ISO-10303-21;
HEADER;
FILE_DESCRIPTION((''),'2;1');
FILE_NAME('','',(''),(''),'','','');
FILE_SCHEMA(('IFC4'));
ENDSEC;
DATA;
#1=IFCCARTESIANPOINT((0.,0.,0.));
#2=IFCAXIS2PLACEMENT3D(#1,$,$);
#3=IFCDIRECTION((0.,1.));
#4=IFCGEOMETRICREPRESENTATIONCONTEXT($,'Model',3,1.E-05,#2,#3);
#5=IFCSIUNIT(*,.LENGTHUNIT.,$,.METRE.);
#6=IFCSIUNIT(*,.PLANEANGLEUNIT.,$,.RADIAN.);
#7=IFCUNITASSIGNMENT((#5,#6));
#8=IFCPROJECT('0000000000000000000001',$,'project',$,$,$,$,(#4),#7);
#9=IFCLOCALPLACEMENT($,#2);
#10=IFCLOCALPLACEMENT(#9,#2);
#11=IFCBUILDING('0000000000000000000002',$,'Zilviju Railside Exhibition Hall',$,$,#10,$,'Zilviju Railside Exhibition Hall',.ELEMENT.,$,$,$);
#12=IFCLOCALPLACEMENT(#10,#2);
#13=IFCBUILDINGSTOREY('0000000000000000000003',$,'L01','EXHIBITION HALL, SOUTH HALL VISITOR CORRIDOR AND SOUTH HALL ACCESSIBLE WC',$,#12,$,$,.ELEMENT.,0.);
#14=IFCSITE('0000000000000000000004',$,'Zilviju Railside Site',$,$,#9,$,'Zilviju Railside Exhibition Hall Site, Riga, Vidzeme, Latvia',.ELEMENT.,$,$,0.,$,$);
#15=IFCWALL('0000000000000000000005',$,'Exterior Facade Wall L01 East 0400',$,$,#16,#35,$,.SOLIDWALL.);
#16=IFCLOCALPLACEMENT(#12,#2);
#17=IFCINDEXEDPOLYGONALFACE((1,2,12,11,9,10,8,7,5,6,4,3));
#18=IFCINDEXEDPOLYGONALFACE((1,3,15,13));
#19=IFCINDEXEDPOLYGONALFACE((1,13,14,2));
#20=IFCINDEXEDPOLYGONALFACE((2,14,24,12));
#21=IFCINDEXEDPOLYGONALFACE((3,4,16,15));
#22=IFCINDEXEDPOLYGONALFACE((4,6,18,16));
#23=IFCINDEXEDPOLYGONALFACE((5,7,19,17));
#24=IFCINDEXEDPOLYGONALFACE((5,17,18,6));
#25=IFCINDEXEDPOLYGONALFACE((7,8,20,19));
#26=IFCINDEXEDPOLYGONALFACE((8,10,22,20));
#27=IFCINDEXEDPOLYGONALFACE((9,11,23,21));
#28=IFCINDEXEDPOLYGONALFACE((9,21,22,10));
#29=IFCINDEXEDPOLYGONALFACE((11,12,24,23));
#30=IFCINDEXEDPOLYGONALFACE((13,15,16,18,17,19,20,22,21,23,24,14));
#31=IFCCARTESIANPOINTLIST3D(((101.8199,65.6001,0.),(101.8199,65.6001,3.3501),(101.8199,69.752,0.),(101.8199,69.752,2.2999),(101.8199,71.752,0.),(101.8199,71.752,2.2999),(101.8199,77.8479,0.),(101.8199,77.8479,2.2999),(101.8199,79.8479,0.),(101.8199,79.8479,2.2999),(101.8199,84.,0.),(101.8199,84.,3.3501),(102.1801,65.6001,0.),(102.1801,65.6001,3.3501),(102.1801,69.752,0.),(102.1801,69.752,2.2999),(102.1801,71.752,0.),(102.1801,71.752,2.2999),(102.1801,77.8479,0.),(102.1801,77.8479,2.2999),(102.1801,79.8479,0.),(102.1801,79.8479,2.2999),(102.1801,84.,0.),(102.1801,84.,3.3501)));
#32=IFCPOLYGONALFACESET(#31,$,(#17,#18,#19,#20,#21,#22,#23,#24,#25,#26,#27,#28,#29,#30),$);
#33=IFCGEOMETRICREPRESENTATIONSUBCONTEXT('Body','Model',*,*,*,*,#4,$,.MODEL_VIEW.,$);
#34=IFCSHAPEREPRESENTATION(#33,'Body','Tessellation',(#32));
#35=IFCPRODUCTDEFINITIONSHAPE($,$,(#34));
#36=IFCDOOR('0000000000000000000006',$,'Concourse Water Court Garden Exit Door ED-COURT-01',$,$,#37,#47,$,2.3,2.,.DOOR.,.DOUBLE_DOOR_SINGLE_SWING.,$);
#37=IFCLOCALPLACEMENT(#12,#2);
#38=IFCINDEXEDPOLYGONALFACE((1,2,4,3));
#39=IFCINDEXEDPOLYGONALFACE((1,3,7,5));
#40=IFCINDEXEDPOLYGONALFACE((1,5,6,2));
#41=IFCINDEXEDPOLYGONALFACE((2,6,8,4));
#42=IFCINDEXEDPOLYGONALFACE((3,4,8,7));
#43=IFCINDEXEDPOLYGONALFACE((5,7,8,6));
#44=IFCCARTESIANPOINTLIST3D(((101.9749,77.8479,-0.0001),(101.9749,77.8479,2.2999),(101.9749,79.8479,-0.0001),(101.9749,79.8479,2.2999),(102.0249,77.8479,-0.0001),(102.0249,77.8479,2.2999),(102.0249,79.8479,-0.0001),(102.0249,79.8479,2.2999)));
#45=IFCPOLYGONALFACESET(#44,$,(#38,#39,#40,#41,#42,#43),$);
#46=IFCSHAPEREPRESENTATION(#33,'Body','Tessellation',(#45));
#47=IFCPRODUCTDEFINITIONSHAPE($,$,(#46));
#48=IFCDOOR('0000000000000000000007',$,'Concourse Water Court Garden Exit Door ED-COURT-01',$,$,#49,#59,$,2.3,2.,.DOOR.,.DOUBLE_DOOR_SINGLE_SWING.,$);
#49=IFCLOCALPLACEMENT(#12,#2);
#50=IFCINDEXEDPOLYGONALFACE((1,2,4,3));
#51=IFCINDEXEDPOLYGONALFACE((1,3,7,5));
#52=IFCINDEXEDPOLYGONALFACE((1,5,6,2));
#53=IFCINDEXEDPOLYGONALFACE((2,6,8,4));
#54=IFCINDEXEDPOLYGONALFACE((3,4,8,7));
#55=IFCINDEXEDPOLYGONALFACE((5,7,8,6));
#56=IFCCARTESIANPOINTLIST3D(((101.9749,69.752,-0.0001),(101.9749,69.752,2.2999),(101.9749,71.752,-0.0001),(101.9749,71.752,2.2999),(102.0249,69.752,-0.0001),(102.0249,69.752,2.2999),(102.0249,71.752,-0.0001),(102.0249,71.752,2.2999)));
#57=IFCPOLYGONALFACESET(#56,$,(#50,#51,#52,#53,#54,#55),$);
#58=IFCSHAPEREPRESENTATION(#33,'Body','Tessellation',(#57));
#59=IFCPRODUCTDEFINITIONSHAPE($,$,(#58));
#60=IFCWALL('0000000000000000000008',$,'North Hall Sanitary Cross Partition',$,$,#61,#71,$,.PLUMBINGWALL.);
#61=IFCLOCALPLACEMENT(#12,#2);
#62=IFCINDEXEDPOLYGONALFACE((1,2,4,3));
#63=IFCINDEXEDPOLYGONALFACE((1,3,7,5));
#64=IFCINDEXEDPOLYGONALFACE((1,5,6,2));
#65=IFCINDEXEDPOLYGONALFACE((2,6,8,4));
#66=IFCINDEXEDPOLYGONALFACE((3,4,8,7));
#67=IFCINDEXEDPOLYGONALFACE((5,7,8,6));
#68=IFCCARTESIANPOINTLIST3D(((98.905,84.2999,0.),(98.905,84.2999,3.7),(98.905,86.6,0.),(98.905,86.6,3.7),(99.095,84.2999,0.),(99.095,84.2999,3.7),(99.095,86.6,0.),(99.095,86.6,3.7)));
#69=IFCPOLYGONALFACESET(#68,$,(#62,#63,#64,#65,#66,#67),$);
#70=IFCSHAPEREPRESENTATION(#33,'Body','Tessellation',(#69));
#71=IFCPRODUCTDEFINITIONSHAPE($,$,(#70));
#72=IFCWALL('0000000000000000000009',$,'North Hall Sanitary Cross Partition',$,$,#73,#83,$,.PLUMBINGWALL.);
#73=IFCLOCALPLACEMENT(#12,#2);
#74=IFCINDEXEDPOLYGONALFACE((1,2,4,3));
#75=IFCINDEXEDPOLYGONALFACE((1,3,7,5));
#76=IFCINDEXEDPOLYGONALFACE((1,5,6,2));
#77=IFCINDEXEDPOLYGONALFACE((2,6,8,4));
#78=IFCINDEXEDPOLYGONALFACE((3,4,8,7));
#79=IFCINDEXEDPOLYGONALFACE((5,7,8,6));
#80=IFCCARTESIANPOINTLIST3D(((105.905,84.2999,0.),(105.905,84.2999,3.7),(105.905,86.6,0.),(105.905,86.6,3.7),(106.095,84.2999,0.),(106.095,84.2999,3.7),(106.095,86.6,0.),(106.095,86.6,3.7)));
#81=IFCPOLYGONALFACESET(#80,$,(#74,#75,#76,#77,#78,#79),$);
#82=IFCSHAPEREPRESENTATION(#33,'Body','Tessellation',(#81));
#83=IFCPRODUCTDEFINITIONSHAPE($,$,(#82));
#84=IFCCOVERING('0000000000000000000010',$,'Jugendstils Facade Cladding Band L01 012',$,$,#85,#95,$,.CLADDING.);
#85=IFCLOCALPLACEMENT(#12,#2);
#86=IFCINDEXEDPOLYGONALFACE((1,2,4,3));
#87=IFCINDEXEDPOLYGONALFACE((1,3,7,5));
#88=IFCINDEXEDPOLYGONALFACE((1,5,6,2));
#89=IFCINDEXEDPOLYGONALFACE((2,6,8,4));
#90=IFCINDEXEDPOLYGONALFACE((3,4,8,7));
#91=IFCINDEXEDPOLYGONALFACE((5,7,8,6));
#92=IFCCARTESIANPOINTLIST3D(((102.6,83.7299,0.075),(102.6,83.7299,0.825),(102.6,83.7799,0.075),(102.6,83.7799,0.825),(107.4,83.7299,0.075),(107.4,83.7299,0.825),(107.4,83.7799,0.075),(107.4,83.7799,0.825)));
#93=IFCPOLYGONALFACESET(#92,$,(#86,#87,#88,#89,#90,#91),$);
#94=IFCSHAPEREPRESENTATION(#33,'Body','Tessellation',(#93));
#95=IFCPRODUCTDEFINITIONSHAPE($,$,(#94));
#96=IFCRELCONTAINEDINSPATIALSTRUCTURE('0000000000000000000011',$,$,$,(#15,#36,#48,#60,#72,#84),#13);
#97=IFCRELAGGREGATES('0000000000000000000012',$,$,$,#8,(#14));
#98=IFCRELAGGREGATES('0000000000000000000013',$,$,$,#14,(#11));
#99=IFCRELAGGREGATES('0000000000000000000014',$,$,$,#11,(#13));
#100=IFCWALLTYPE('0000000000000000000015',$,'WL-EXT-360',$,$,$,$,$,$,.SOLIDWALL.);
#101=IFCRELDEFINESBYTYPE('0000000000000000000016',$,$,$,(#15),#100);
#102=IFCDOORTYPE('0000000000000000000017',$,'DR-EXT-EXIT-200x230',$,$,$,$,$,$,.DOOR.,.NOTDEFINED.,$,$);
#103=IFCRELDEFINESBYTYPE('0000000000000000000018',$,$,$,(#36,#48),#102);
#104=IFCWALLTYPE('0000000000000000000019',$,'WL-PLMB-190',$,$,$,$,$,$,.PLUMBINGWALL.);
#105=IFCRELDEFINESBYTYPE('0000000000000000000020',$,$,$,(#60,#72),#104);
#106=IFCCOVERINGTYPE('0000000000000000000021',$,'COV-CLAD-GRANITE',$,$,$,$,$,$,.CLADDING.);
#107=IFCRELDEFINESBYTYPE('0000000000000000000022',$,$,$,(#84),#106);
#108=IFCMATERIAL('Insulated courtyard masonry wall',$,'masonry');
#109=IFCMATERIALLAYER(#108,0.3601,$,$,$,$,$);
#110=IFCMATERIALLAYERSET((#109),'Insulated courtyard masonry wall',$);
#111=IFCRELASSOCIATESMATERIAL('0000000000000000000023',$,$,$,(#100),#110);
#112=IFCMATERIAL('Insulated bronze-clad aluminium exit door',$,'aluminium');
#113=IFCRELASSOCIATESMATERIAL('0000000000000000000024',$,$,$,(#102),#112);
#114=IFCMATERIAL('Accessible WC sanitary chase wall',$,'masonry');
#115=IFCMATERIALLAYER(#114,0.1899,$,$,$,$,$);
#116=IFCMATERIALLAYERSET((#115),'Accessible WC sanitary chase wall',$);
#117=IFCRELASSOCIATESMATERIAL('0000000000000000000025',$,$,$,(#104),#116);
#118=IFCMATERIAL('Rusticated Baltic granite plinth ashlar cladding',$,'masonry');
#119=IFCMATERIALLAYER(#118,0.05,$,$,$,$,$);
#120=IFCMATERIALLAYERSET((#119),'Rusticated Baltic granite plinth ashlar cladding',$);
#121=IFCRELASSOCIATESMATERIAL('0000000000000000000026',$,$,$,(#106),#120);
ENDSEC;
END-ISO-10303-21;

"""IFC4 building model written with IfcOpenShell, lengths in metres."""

from ifc_helpers import new_model, si_unit, direction, frame, frame_2d, origin, origin_2d, place, context, subcontext, project, spatial, rectangle, extrude, material, layer, layer_set, type_object, element, fill, save


model = new_model("IFC4")

# Units and contexts
model_context = context("Model", 3, precision=1e-05, world=origin(), true_north=direction((0.0, 1.0)))
body_context = subcontext(model_context, "Body", "Model", "MODEL_VIEW")
ifc_project = project(units=[si_unit("LENGTHUNIT", "METRE"), si_unit("PLANEANGLEUNIT", "RADIAN")], contexts=[model_context])

# Site, building, storey
site_placement = place(None, origin())
site = spatial("IfcSite", under=ifc_project, at=site_placement, Name="Zilviju Railside Site", LongName="Zilviju Railside Exhibition Hall Site, Riga, Vidzeme, Latvia", CompositionType="ELEMENT", RefElevation=0.0)
building_placement = place(site_placement, origin())
building = spatial("IfcBuilding", under=site, at=building_placement, Name="Zilviju Railside Exhibition Hall", LongName="Zilviju Railside Exhibition Hall", CompositionType="ELEMENT")
storey_placement = place(building_placement, origin())
storey = spatial("IfcBuildingStorey", under=building, at=storey_placement, Name="L01", Description="EXHIBITION HALL, SOUTH HALL VISITOR CORRIDOR AND SOUTH HALL ACCESSIBLE WC", CompositionType="ELEMENT", Elevation=0.0)

# Wall, openings, doors
ifc_material_1 = material(Name="Insulated courtyard masonry wall", Category="masonry")
ifc_layer_1 = layer(ifc_material_1, 0.3601)
ifc_layer_set_1 = layer_set([ifc_layer_1], Name="Insulated courtyard masonry wall")
wall_type_1 = type_object("IfcWallType", Name="WL-EXT-360", PredefinedType="SOLIDWALL", material=ifc_layer_set_1)
wall_placement = place(storey_placement, frame((102.0, 84.0, 0.0), z_axis=(0.0, 0.0, 1.0), x_axis=(0.0, -1.0, 0.0)))
wall = element("IfcWall", 1, at=wall_placement, inside=storey, type_object=wall_type_1, Name="Exterior Facade Wall L01 East 0400", PredefinedType="SOLIDWALL", context=body_context, shape_type="SweptSolid", body=[
    extrude(rectangle(XDim=18.3999, YDim=0.3601, at=frame_2d((9.2, 0.0))), origin(), (0.0, 0.0, 1.0), 3.3501),
])
opening_1_placement = place(wall_placement, frame((4.1521, 0.0, 0.0)))
opening_1 = element("IfcOpeningElement", 2, at=opening_1_placement, cuts=wall, PredefinedType="OPENING", context=body_context, shape_type="SweptSolid", body=[
    extrude(rectangle(XDim=2.0, YDim=2.3, at=frame_2d((1.0, 1.1499))), frame((0.0, 0.1899, 0.0), z_axis=(0.0, -1.0, 0.0), x_axis=(1.0, 0.0, 0.0)), (0.0, 0.0, 1.0), 0.3801),
])
opening_2_placement = place(wall_placement, frame((12.248, 0.0, 0.0)))
opening_2 = element("IfcOpeningElement", 3, at=opening_2_placement, cuts=wall, PredefinedType="OPENING", context=body_context, shape_type="SweptSolid", body=[
    extrude(rectangle(XDim=2.0, YDim=2.3, at=frame_2d((1.0, 1.1499))), frame((0.0, 0.1899, 0.0), z_axis=(0.0, -1.0, 0.0), x_axis=(1.0, 0.0, 0.0)), (0.0, 0.0, 1.0), 0.3801),
])
ifc_material_2 = material(Name="Insulated bronze-clad aluminium exit door", Category="aluminium")
door_type = type_object("IfcDoorType", Name="DR-EXT-EXIT-200x230", OperationType="NOTDEFINED", PredefinedType="DOOR", material=ifc_material_2)
door_1_placement = place(opening_1_placement, origin())
door_1 = element("IfcDoor", 4, at=door_1_placement, inside=storey, type_object=door_type, Name="Concourse Water Court Garden Exit Door ED-COURT-01", OperationType="DOUBLE_DOOR_SINGLE_SWING", OverallHeight=2.3, OverallWidth=2.0, PredefinedType="DOOR", context=body_context, shape_type="SweptSolid", body=[
    extrude(rectangle(XDim=2.0, YDim=2.3, at=frame_2d((1.0, 1.1499))), frame((0.0, 0.0249, 0.0), z_axis=(0.0, -1.0, 0.0), x_axis=(1.0, 0.0, 0.0)), (0.0, 0.0, 1.0), 0.05),
])
fill(opening_1, door_1)
door_2_placement = place(opening_2_placement, origin())
door_2 = element("IfcDoor", 5, at=door_2_placement, inside=storey, type_object=door_type, Name="Concourse Water Court Garden Exit Door ED-COURT-01", OperationType="DOUBLE_DOOR_SINGLE_SWING", OverallHeight=2.3, OverallWidth=2.0, PredefinedType="DOOR", context=body_context, shape_type="SweptSolid", body=[
    extrude(rectangle(XDim=2.0, YDim=2.3, at=frame_2d((1.0, 1.1499))), frame((0.0, 0.0249, 0.0), z_axis=(0.0, -1.0, 0.0), x_axis=(1.0, 0.0, 0.0)), (0.0, 0.0, 1.0), 0.05),
])
fill(opening_2, door_2)

# Walls
ifc_material_3 = material(Name="Accessible WC sanitary chase wall", Category="masonry")
ifc_layer_2 = layer(ifc_material_3, 0.1899)
ifc_layer_set_2 = layer_set([ifc_layer_2], Name="Accessible WC sanitary chase wall")
wall_type_2 = type_object("IfcWallType", Name="WL-PLMB-190", PredefinedType="PLUMBINGWALL", material=ifc_layer_set_2)
for number, where, z_axis, x_axis, name in (
    (6, (99.0, 84.3, 0.0), (0.0, 0.0, 1.0), (0.0, 1.0, 0.0), "North Hall Sanitary Cross Partition"),
    (7, (106.0, 84.3, 0.0), (0.0, 0.0, 1.0), (0.0, 1.0, 0.0), "North Hall Sanitary Cross Partition"),
):
    element("IfcWall", number, at=place(storey_placement, frame(where, z_axis=z_axis, x_axis=x_axis)), inside=storey, type_object=wall_type_2, Name=name, PredefinedType="PLUMBINGWALL", context=body_context, shape_type="SweptSolid", body=[
        extrude(rectangle(XDim=2.3, YDim=0.1899, at=frame_2d((1.1499, 0.0))), origin(), (0.0, 0.0, 1.0), 3.7),
    ])

# Covering
ifc_material_4 = material(Name="Rusticated Baltic granite plinth ashlar cladding", Category="masonry")
ifc_layer_3 = layer(ifc_material_4, 0.05)
ifc_layer_set_3 = layer_set([ifc_layer_3], Name="Rusticated Baltic granite plinth ashlar cladding")
covering_type = type_object("IfcCoveringType", Name="COV-CLAD-GRANITE", PredefinedType="CLADDING", material=ifc_layer_set_3)
covering_placement = place(storey_placement, frame((105.0, 83.7549, 0.075), z_axis=(0.0, 0.0, 1.0), x_axis=(-1.0, 0.0, 0.0)))
element("IfcCovering", 8, at=covering_placement, inside=storey, type_object=covering_type, Name="Jugendstils Facade Cladding Band L01 012", PredefinedType="CLADDING", context=body_context, shape_type="SweptSolid", body=[
    extrude(rectangle(XDim=4.8, YDim=0.05, at=origin_2d()), origin(), (0.0, 0.0, 1.0), 0.75),
])

save(model, "model.ifc")
